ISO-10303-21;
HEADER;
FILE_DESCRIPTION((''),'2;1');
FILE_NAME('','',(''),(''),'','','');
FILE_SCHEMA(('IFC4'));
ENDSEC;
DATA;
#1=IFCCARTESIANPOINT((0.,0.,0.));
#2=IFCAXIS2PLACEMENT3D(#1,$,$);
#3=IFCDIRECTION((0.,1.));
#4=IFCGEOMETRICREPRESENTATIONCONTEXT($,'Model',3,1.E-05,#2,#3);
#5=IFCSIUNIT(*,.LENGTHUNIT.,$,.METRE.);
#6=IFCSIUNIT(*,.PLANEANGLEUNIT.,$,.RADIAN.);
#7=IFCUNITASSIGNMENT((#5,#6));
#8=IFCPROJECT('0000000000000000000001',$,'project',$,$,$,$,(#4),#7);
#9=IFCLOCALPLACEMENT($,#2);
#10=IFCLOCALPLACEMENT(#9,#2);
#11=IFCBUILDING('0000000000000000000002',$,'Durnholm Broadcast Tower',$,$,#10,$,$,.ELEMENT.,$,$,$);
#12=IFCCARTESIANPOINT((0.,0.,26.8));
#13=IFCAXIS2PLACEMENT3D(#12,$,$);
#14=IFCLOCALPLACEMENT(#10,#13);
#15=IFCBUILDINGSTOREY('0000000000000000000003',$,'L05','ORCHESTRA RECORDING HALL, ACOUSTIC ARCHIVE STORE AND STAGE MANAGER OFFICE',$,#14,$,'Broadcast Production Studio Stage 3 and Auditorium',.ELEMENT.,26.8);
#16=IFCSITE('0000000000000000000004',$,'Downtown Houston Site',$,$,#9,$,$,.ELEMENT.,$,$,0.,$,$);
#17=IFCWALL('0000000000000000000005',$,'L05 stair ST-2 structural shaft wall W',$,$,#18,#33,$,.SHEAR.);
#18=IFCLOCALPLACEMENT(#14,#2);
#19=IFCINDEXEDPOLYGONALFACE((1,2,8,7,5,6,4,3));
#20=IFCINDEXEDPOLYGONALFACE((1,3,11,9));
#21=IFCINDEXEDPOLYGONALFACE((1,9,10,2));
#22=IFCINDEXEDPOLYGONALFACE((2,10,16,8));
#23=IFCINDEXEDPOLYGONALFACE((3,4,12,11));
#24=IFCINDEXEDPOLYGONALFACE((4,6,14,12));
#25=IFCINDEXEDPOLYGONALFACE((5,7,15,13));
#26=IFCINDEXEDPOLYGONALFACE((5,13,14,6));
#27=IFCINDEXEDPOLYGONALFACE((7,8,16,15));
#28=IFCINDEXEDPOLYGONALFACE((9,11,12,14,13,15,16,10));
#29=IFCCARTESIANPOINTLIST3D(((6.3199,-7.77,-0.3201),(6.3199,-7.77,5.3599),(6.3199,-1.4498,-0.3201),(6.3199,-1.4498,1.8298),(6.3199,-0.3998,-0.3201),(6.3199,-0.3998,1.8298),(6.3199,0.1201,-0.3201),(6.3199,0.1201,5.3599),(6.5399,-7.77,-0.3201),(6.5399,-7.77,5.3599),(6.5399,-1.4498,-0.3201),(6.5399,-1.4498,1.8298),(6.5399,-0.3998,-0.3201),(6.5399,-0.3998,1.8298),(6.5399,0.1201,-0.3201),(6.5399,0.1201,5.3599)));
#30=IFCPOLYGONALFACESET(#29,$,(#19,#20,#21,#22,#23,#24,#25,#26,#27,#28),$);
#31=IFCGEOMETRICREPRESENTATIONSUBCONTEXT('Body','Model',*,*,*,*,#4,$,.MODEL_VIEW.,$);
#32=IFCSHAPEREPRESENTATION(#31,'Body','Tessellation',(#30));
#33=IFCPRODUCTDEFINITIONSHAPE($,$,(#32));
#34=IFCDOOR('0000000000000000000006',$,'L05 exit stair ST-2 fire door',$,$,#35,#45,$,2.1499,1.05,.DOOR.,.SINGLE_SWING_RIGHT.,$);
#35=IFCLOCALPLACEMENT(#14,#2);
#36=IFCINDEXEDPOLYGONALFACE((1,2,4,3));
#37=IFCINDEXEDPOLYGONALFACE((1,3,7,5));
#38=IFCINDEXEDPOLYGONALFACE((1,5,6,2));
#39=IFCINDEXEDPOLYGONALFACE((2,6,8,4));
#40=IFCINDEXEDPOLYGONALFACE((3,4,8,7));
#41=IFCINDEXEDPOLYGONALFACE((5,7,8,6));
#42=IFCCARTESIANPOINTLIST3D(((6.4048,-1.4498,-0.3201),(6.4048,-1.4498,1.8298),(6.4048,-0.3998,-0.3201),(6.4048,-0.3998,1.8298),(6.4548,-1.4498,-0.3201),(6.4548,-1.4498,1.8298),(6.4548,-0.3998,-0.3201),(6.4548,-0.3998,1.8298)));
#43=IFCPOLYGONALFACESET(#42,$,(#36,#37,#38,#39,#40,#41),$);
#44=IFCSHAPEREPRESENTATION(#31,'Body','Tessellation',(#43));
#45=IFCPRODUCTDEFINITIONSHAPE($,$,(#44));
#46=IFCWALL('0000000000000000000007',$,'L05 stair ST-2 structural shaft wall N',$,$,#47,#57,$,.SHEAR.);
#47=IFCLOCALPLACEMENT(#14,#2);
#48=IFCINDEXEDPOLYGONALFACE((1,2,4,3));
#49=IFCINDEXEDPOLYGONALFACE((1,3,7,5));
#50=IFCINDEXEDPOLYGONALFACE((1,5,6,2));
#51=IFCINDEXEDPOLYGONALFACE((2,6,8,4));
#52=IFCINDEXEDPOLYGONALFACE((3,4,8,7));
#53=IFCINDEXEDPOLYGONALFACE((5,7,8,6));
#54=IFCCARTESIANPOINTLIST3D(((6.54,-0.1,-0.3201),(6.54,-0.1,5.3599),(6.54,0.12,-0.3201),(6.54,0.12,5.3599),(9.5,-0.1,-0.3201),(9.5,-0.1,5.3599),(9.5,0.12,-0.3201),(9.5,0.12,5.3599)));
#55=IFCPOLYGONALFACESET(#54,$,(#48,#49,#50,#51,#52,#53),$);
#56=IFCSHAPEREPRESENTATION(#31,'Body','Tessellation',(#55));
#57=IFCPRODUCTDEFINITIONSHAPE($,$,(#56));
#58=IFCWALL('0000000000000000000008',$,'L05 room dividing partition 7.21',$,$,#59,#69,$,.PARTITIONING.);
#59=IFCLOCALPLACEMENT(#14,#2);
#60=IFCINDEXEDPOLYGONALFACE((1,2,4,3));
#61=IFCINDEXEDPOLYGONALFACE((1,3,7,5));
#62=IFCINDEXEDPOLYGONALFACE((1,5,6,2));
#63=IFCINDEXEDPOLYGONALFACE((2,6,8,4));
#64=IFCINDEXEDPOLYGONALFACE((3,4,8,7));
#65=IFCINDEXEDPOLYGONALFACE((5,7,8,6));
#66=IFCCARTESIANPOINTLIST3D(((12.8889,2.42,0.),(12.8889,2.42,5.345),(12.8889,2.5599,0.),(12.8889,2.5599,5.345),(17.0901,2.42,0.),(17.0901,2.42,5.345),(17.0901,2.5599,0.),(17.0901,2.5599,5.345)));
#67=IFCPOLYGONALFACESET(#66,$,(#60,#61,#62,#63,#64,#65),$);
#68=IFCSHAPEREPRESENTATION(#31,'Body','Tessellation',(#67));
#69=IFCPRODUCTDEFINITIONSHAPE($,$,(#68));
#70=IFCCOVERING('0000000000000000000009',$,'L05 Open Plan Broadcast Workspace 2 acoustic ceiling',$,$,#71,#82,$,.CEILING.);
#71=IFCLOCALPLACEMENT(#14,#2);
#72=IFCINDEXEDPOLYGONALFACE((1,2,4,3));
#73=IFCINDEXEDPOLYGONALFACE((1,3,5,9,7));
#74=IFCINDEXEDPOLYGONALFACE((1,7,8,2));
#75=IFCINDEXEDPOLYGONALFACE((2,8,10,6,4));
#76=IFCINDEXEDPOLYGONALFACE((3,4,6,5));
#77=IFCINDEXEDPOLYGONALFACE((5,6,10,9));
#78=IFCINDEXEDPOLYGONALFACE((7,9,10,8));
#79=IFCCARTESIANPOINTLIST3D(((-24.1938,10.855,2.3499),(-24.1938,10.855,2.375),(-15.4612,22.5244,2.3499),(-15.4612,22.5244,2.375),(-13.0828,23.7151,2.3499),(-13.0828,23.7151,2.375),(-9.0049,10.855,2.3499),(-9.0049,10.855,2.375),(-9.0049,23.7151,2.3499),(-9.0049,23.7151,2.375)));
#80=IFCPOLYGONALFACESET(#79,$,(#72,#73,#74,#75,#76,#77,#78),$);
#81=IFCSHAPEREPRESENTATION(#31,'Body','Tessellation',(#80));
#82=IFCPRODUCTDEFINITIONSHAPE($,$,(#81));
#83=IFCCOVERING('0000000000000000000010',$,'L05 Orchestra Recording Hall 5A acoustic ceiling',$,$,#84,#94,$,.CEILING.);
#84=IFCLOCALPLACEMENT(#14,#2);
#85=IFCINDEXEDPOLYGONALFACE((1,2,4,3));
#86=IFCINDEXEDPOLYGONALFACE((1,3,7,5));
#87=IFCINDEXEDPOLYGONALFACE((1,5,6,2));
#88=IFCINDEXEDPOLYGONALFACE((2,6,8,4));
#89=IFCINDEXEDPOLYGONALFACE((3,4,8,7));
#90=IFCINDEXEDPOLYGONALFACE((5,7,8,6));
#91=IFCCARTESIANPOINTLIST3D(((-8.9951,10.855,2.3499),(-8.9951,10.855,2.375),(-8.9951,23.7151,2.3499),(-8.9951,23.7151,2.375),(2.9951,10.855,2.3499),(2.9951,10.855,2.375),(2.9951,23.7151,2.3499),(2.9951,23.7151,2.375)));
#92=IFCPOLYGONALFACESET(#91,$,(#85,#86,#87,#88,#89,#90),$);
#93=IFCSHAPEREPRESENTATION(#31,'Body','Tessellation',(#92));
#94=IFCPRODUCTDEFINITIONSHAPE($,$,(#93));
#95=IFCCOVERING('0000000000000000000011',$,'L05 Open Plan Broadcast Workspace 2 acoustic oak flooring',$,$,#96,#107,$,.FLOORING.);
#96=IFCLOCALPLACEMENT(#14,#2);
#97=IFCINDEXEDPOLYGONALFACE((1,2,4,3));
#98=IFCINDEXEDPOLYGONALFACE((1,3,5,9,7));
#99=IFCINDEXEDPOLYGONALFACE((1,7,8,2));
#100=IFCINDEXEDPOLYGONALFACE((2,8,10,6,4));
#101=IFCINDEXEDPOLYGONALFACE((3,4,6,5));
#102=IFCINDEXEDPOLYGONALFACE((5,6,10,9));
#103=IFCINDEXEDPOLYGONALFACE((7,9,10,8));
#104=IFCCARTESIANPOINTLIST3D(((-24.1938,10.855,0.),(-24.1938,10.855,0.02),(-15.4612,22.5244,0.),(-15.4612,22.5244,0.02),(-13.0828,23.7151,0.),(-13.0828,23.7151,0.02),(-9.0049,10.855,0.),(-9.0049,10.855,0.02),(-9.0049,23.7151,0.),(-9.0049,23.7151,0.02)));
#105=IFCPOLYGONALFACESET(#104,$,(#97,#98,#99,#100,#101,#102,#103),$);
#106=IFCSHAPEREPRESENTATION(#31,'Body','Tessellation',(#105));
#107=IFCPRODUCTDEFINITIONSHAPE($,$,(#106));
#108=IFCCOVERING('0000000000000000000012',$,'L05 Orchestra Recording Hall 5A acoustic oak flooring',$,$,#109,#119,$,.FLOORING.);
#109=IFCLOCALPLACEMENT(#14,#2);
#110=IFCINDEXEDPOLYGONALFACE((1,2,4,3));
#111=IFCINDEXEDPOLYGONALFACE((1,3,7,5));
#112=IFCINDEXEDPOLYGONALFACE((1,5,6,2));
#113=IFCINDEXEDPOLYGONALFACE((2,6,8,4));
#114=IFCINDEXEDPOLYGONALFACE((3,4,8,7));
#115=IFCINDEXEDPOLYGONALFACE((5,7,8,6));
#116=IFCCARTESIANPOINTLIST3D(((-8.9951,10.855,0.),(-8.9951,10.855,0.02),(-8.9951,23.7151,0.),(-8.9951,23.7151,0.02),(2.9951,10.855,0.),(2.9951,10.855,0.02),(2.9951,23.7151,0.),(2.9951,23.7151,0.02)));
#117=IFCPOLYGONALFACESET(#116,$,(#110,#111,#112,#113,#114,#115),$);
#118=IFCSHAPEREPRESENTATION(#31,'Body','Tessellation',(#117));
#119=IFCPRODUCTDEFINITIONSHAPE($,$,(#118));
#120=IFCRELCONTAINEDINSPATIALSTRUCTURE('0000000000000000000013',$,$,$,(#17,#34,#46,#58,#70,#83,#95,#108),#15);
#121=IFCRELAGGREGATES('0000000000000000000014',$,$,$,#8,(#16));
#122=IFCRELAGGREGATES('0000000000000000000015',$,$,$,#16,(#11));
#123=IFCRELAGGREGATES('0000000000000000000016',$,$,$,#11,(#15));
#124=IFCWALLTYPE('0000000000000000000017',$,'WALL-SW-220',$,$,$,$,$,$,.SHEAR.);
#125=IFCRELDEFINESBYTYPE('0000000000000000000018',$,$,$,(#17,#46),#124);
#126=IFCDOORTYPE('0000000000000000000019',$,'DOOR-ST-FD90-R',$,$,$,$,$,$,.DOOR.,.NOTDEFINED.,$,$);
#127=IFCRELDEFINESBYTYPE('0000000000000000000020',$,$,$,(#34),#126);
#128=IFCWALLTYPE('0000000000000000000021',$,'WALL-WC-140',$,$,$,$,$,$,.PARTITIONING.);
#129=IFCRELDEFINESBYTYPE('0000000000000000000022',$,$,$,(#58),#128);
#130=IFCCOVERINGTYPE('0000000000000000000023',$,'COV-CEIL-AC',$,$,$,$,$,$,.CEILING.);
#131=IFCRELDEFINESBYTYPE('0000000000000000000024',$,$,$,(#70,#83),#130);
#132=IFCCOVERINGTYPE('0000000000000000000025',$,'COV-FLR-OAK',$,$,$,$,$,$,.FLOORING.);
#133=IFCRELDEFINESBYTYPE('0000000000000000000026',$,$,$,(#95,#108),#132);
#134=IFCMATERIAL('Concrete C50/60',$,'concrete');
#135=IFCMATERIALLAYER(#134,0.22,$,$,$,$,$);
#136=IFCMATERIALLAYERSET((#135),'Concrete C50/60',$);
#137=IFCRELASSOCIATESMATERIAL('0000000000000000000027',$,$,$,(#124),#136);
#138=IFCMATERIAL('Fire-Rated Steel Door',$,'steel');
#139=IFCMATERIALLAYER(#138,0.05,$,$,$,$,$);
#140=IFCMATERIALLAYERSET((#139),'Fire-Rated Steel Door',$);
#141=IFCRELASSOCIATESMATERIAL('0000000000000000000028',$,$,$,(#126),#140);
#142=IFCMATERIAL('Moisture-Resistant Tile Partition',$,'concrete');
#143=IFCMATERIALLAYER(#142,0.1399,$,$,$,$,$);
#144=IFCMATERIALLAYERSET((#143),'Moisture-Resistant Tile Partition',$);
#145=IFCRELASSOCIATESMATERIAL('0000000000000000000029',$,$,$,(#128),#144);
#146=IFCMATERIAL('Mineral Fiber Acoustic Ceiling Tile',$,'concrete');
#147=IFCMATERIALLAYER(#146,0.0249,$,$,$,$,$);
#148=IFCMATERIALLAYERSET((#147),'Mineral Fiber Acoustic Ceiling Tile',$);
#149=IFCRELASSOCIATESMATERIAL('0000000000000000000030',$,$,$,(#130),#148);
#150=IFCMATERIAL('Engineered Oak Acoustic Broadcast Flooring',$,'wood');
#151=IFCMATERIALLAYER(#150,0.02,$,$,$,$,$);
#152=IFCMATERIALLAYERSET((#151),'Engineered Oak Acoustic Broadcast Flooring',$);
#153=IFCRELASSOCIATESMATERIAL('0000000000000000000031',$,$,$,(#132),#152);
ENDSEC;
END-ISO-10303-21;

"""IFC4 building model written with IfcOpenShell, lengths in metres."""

from ifc_helpers import new_model, si_unit, direction, frame, frame_2d, origin, place, context, subcontext, project, spatial, polyline, rectangle, outline, extrude, source, transform, mapped, material, layer, layer_set, type_object, type_shapes, element, fill, save


model = new_model("IFC4")

# Units and contexts
model_context = context("Model", 3, precision=1e-05, world=origin(), true_north=direction((0.0, 1.0)))
body_context = subcontext(model_context, "Body", "Model", "MODEL_VIEW")
ifc_project = project(units=[si_unit("LENGTHUNIT", "METRE"), si_unit("PLANEANGLEUNIT", "RADIAN")], contexts=[model_context])

# Site, building, storey
site_placement = place(None, origin())
site = spatial("IfcSite", under=ifc_project, at=site_placement, Name="Downtown Houston Site", CompositionType="ELEMENT", RefElevation=0.0)
building_placement = place(site_placement, origin())
building = spatial("IfcBuilding", under=site, at=building_placement, Name="Durnholm Broadcast Tower", CompositionType="ELEMENT")
storey_placement = place(building_placement, frame((0.0, 0.0, 26.8)))
storey = spatial("IfcBuildingStorey", under=building, at=storey_placement, Name="L05", Description="ORCHESTRA RECORDING HALL, ACOUSTIC ARCHIVE STORE AND STAGE MANAGER OFFICE", LongName="Broadcast Production Studio Stage 3 and Auditorium", CompositionType="ELEMENT", Elevation=26.8)

# Shared definitions
ifc_material_1 = material(Name="Concrete C50/60", Category="concrete")

# Wall, opening, door
ifc_layer_1 = layer(ifc_material_1, 0.22)
ifc_layer_set_1 = layer_set([ifc_layer_1], Name="Concrete C50/60")
wall_type_1 = type_object("IfcWallType", Name="WALL-SW-220", PredefinedType="SHEAR", material=ifc_layer_set_1)
wall_1_placement = place(storey_placement, frame((6.4299, 0.1201, -0.3201), z_axis=(0.0, 0.0, 1.0), x_axis=(0.0, -1.0, 0.0)))
wall_1 = element("IfcWall", 1, at=wall_1_placement, inside=storey, type_object=wall_type_1, Name="L05 stair ST-2 structural shaft wall W", PredefinedType="SHEAR", context=body_context, shape_type="SweptSolid", body=[
    extrude(rectangle(XDim=7.8901, YDim=0.22, at=frame_2d((3.9451, 0.0))), origin(), (0.0, 0.0, 1.0), 5.6799),
])
opening_1_placement = place(wall_1_placement, frame((0.52, 0.0, 0.0)))
opening_1 = element("IfcOpeningElement", 2, at=opening_1_placement, cuts=wall_1, PredefinedType="OPENING", context=body_context, shape_type="SweptSolid", body=[
    extrude(rectangle(XDim=1.05, YDim=2.1499, at=frame_2d((0.5249, 1.075))), frame((0.0, 0.1201, 0.0), z_axis=(0.0, -1.0, 0.0), x_axis=(1.0, 0.0, 0.0)), (0.0, 0.0, 1.0), 0.24),
])
ifc_material_2 = material(Name="Fire-Rated Steel Door", Category="steel")
ifc_layer_2 = layer(ifc_material_2, 0.05)
ifc_layer_set_2 = layer_set([ifc_layer_2], Name="Fire-Rated Steel Door")
door_type_1 = type_object("IfcDoorType", Name="DOOR-ST-FD90-R", OperationType="NOTDEFINED", PredefinedType="DOOR", material=ifc_layer_set_2)
shared_shape_1 = source(origin(), body_context, "Body", "SweptSolid", [
    extrude(rectangle(XDim=1.05, YDim=2.1499, at=frame_2d((0.5249, 1.075))), frame((0.0, 0.0249, 0.0), z_axis=(0.0, -1.0, 0.0), x_axis=(1.0, 0.0, 0.0)), (0.0, 0.0, 1.0), 0.05),
])
type_shapes(door_type_1, [shared_shape_1])
door_1_placement = place(opening_1_placement, origin())
door_1 = element("IfcDoor", 3, at=door_1_placement, inside=storey, type_object=door_type_1, Name="L05 exit stair ST-2 fire door", OperationType="SINGLE_SWING_RIGHT", OverallHeight=2.1499, OverallWidth=1.05, PredefinedType="DOOR", context=body_context, shape_type="MappedRepresentation", body=[
    mapped(shared_shape_1, transform((0.0, 0.0, 0.0), x_axis=(1.0, 0.0, 0.0), y_axis=(0.0, 1.0, 0.0), z_axis=(0.0, 0.0, 1.0), scale=1.0)),
])
fill(opening_1, door_1)

# Walls
wall_2_placement = place(storey_placement, frame((9.5, 0.01, -0.3201), z_axis=(0.0, 0.0, 1.0), x_axis=(-1.0, 0.0, 0.0)))
element("IfcWall", 4, at=wall_2_placement, inside=storey, type_object=wall_type_1, Name="L05 stair ST-2 structural shaft wall N", PredefinedType="SHEAR", context=body_context, shape_type="SweptSolid", body=[
    extrude(rectangle(XDim=2.96, YDim=0.22, at=frame_2d((1.48, 0.0))), origin(), (0.0, 0.0, 1.0), 5.6799),
])
ifc_material_3 = material(Name="Moisture-Resistant Tile Partition", Category="concrete")
ifc_layer_3 = layer(ifc_material_3, 0.1399)
ifc_layer_set_3 = layer_set([ifc_layer_3], Name="Moisture-Resistant Tile Partition")
wall_type_2 = type_object("IfcWallType", Name="WALL-WC-140", PredefinedType="PARTITIONING", material=ifc_layer_set_3)
wall_3_placement = place(storey_placement, frame((12.8889, 2.49, 0.0), z_axis=(0.0, 0.0, 1.0), x_axis=(1.0, 0.0, 0.0)))
element("IfcWall", 5, at=wall_3_placement, inside=storey, type_object=wall_type_2, Name="L05 room dividing partition 7.21", PredefinedType="PARTITIONING", context=body_context, shape_type="SweptSolid", body=[
    extrude(rectangle(XDim=4.2012, YDim=0.1399, at=frame_2d((2.1006, 0.0))), origin(), (0.0, 0.0, 1.0), 5.345),
])

# Coverings
ifc_material_4 = material(Name="Mineral Fiber Acoustic Ceiling Tile", Category="concrete")
ifc_layer_4 = layer(ifc_material_4, 0.0249)
ifc_layer_set_4 = layer_set([ifc_layer_4], Name="Mineral Fiber Acoustic Ceiling Tile")
covering_type_1 = type_object("IfcCoveringType", Name="COV-CEIL-AC", PredefinedType="CEILING", material=ifc_layer_set_4)
covering_1_placement = place(storey_placement, frame((0.0, 0.0, 2.3499)))
element("IfcCovering", 6, at=covering_1_placement, inside=storey, type_object=covering_type_1, Name="L05 Open Plan Broadcast Workspace 2 acoustic ceiling", PredefinedType="CEILING", context=body_context, shape_type="SweptSolid", body=[
    extrude(outline(polyline([(-9.0049, 23.7151), (-13.0828, 23.7151), (-15.4612, 22.5244), (-24.1938, 10.855), (-9.0049, 10.855), (-9.0049, 23.7151)])), origin(), (0.0, 0.0, 1.0), 0.0251),
])
covering_2_placement = place(storey_placement, frame((0.0, 0.0, 2.3499)))
element("IfcCovering", 7, at=covering_2_placement, inside=storey, type_object=covering_type_1, Name="L05 Orchestra Recording Hall 5A acoustic ceiling", PredefinedType="CEILING", context=body_context, shape_type="SweptSolid", body=[
    extrude(outline(polyline([(2.9951, 10.855), (2.9951, 23.7151), (-8.9951, 23.7151), (-8.9951, 10.855), (2.9951, 10.855)])), origin(), (0.0, 0.0, 1.0), 0.0251),
])
ifc_material_5 = material(Name="Engineered Oak Acoustic Broadcast Flooring", Category="wood")
ifc_layer_5 = layer(ifc_material_5, 0.02)
ifc_layer_set_5 = layer_set([ifc_layer_5], Name="Engineered Oak Acoustic Broadcast Flooring")
covering_type_2 = type_object("IfcCoveringType", Name="COV-FLR-OAK", PredefinedType="FLOORING", material=ifc_layer_set_5)
covering_3_placement = place(storey_placement, origin())
element("IfcCovering", 8, at=covering_3_placement, inside=storey, type_object=covering_type_2, Name="L05 Open Plan Broadcast Workspace 2 acoustic oak flooring", PredefinedType="FLOORING", context=body_context, shape_type="SweptSolid", body=[
    extrude(outline(polyline([(-9.0049, 23.7151), (-13.0828, 23.7151), (-15.4612, 22.5244), (-24.1938, 10.855), (-9.0049, 10.855), (-9.0049, 23.7151)])), origin(), (0.0, 0.0, 1.0), 0.02),
])
covering_4_placement = place(storey_placement, origin())
element("IfcCovering", 9, at=covering_4_placement, inside=storey, type_object=covering_type_2, Name="L05 Orchestra Recording Hall 5A acoustic oak flooring", PredefinedType="FLOORING", context=body_context, shape_type="SweptSolid", body=[
    extrude(outline(polyline([(2.9951, 10.855), (2.9951, 23.7151), (-8.9951, 23.7151), (-8.9951, 10.855), (2.9951, 10.855)])), origin(), (0.0, 0.0, 1.0), 0.02),
])

save(model, "model.ifc")
